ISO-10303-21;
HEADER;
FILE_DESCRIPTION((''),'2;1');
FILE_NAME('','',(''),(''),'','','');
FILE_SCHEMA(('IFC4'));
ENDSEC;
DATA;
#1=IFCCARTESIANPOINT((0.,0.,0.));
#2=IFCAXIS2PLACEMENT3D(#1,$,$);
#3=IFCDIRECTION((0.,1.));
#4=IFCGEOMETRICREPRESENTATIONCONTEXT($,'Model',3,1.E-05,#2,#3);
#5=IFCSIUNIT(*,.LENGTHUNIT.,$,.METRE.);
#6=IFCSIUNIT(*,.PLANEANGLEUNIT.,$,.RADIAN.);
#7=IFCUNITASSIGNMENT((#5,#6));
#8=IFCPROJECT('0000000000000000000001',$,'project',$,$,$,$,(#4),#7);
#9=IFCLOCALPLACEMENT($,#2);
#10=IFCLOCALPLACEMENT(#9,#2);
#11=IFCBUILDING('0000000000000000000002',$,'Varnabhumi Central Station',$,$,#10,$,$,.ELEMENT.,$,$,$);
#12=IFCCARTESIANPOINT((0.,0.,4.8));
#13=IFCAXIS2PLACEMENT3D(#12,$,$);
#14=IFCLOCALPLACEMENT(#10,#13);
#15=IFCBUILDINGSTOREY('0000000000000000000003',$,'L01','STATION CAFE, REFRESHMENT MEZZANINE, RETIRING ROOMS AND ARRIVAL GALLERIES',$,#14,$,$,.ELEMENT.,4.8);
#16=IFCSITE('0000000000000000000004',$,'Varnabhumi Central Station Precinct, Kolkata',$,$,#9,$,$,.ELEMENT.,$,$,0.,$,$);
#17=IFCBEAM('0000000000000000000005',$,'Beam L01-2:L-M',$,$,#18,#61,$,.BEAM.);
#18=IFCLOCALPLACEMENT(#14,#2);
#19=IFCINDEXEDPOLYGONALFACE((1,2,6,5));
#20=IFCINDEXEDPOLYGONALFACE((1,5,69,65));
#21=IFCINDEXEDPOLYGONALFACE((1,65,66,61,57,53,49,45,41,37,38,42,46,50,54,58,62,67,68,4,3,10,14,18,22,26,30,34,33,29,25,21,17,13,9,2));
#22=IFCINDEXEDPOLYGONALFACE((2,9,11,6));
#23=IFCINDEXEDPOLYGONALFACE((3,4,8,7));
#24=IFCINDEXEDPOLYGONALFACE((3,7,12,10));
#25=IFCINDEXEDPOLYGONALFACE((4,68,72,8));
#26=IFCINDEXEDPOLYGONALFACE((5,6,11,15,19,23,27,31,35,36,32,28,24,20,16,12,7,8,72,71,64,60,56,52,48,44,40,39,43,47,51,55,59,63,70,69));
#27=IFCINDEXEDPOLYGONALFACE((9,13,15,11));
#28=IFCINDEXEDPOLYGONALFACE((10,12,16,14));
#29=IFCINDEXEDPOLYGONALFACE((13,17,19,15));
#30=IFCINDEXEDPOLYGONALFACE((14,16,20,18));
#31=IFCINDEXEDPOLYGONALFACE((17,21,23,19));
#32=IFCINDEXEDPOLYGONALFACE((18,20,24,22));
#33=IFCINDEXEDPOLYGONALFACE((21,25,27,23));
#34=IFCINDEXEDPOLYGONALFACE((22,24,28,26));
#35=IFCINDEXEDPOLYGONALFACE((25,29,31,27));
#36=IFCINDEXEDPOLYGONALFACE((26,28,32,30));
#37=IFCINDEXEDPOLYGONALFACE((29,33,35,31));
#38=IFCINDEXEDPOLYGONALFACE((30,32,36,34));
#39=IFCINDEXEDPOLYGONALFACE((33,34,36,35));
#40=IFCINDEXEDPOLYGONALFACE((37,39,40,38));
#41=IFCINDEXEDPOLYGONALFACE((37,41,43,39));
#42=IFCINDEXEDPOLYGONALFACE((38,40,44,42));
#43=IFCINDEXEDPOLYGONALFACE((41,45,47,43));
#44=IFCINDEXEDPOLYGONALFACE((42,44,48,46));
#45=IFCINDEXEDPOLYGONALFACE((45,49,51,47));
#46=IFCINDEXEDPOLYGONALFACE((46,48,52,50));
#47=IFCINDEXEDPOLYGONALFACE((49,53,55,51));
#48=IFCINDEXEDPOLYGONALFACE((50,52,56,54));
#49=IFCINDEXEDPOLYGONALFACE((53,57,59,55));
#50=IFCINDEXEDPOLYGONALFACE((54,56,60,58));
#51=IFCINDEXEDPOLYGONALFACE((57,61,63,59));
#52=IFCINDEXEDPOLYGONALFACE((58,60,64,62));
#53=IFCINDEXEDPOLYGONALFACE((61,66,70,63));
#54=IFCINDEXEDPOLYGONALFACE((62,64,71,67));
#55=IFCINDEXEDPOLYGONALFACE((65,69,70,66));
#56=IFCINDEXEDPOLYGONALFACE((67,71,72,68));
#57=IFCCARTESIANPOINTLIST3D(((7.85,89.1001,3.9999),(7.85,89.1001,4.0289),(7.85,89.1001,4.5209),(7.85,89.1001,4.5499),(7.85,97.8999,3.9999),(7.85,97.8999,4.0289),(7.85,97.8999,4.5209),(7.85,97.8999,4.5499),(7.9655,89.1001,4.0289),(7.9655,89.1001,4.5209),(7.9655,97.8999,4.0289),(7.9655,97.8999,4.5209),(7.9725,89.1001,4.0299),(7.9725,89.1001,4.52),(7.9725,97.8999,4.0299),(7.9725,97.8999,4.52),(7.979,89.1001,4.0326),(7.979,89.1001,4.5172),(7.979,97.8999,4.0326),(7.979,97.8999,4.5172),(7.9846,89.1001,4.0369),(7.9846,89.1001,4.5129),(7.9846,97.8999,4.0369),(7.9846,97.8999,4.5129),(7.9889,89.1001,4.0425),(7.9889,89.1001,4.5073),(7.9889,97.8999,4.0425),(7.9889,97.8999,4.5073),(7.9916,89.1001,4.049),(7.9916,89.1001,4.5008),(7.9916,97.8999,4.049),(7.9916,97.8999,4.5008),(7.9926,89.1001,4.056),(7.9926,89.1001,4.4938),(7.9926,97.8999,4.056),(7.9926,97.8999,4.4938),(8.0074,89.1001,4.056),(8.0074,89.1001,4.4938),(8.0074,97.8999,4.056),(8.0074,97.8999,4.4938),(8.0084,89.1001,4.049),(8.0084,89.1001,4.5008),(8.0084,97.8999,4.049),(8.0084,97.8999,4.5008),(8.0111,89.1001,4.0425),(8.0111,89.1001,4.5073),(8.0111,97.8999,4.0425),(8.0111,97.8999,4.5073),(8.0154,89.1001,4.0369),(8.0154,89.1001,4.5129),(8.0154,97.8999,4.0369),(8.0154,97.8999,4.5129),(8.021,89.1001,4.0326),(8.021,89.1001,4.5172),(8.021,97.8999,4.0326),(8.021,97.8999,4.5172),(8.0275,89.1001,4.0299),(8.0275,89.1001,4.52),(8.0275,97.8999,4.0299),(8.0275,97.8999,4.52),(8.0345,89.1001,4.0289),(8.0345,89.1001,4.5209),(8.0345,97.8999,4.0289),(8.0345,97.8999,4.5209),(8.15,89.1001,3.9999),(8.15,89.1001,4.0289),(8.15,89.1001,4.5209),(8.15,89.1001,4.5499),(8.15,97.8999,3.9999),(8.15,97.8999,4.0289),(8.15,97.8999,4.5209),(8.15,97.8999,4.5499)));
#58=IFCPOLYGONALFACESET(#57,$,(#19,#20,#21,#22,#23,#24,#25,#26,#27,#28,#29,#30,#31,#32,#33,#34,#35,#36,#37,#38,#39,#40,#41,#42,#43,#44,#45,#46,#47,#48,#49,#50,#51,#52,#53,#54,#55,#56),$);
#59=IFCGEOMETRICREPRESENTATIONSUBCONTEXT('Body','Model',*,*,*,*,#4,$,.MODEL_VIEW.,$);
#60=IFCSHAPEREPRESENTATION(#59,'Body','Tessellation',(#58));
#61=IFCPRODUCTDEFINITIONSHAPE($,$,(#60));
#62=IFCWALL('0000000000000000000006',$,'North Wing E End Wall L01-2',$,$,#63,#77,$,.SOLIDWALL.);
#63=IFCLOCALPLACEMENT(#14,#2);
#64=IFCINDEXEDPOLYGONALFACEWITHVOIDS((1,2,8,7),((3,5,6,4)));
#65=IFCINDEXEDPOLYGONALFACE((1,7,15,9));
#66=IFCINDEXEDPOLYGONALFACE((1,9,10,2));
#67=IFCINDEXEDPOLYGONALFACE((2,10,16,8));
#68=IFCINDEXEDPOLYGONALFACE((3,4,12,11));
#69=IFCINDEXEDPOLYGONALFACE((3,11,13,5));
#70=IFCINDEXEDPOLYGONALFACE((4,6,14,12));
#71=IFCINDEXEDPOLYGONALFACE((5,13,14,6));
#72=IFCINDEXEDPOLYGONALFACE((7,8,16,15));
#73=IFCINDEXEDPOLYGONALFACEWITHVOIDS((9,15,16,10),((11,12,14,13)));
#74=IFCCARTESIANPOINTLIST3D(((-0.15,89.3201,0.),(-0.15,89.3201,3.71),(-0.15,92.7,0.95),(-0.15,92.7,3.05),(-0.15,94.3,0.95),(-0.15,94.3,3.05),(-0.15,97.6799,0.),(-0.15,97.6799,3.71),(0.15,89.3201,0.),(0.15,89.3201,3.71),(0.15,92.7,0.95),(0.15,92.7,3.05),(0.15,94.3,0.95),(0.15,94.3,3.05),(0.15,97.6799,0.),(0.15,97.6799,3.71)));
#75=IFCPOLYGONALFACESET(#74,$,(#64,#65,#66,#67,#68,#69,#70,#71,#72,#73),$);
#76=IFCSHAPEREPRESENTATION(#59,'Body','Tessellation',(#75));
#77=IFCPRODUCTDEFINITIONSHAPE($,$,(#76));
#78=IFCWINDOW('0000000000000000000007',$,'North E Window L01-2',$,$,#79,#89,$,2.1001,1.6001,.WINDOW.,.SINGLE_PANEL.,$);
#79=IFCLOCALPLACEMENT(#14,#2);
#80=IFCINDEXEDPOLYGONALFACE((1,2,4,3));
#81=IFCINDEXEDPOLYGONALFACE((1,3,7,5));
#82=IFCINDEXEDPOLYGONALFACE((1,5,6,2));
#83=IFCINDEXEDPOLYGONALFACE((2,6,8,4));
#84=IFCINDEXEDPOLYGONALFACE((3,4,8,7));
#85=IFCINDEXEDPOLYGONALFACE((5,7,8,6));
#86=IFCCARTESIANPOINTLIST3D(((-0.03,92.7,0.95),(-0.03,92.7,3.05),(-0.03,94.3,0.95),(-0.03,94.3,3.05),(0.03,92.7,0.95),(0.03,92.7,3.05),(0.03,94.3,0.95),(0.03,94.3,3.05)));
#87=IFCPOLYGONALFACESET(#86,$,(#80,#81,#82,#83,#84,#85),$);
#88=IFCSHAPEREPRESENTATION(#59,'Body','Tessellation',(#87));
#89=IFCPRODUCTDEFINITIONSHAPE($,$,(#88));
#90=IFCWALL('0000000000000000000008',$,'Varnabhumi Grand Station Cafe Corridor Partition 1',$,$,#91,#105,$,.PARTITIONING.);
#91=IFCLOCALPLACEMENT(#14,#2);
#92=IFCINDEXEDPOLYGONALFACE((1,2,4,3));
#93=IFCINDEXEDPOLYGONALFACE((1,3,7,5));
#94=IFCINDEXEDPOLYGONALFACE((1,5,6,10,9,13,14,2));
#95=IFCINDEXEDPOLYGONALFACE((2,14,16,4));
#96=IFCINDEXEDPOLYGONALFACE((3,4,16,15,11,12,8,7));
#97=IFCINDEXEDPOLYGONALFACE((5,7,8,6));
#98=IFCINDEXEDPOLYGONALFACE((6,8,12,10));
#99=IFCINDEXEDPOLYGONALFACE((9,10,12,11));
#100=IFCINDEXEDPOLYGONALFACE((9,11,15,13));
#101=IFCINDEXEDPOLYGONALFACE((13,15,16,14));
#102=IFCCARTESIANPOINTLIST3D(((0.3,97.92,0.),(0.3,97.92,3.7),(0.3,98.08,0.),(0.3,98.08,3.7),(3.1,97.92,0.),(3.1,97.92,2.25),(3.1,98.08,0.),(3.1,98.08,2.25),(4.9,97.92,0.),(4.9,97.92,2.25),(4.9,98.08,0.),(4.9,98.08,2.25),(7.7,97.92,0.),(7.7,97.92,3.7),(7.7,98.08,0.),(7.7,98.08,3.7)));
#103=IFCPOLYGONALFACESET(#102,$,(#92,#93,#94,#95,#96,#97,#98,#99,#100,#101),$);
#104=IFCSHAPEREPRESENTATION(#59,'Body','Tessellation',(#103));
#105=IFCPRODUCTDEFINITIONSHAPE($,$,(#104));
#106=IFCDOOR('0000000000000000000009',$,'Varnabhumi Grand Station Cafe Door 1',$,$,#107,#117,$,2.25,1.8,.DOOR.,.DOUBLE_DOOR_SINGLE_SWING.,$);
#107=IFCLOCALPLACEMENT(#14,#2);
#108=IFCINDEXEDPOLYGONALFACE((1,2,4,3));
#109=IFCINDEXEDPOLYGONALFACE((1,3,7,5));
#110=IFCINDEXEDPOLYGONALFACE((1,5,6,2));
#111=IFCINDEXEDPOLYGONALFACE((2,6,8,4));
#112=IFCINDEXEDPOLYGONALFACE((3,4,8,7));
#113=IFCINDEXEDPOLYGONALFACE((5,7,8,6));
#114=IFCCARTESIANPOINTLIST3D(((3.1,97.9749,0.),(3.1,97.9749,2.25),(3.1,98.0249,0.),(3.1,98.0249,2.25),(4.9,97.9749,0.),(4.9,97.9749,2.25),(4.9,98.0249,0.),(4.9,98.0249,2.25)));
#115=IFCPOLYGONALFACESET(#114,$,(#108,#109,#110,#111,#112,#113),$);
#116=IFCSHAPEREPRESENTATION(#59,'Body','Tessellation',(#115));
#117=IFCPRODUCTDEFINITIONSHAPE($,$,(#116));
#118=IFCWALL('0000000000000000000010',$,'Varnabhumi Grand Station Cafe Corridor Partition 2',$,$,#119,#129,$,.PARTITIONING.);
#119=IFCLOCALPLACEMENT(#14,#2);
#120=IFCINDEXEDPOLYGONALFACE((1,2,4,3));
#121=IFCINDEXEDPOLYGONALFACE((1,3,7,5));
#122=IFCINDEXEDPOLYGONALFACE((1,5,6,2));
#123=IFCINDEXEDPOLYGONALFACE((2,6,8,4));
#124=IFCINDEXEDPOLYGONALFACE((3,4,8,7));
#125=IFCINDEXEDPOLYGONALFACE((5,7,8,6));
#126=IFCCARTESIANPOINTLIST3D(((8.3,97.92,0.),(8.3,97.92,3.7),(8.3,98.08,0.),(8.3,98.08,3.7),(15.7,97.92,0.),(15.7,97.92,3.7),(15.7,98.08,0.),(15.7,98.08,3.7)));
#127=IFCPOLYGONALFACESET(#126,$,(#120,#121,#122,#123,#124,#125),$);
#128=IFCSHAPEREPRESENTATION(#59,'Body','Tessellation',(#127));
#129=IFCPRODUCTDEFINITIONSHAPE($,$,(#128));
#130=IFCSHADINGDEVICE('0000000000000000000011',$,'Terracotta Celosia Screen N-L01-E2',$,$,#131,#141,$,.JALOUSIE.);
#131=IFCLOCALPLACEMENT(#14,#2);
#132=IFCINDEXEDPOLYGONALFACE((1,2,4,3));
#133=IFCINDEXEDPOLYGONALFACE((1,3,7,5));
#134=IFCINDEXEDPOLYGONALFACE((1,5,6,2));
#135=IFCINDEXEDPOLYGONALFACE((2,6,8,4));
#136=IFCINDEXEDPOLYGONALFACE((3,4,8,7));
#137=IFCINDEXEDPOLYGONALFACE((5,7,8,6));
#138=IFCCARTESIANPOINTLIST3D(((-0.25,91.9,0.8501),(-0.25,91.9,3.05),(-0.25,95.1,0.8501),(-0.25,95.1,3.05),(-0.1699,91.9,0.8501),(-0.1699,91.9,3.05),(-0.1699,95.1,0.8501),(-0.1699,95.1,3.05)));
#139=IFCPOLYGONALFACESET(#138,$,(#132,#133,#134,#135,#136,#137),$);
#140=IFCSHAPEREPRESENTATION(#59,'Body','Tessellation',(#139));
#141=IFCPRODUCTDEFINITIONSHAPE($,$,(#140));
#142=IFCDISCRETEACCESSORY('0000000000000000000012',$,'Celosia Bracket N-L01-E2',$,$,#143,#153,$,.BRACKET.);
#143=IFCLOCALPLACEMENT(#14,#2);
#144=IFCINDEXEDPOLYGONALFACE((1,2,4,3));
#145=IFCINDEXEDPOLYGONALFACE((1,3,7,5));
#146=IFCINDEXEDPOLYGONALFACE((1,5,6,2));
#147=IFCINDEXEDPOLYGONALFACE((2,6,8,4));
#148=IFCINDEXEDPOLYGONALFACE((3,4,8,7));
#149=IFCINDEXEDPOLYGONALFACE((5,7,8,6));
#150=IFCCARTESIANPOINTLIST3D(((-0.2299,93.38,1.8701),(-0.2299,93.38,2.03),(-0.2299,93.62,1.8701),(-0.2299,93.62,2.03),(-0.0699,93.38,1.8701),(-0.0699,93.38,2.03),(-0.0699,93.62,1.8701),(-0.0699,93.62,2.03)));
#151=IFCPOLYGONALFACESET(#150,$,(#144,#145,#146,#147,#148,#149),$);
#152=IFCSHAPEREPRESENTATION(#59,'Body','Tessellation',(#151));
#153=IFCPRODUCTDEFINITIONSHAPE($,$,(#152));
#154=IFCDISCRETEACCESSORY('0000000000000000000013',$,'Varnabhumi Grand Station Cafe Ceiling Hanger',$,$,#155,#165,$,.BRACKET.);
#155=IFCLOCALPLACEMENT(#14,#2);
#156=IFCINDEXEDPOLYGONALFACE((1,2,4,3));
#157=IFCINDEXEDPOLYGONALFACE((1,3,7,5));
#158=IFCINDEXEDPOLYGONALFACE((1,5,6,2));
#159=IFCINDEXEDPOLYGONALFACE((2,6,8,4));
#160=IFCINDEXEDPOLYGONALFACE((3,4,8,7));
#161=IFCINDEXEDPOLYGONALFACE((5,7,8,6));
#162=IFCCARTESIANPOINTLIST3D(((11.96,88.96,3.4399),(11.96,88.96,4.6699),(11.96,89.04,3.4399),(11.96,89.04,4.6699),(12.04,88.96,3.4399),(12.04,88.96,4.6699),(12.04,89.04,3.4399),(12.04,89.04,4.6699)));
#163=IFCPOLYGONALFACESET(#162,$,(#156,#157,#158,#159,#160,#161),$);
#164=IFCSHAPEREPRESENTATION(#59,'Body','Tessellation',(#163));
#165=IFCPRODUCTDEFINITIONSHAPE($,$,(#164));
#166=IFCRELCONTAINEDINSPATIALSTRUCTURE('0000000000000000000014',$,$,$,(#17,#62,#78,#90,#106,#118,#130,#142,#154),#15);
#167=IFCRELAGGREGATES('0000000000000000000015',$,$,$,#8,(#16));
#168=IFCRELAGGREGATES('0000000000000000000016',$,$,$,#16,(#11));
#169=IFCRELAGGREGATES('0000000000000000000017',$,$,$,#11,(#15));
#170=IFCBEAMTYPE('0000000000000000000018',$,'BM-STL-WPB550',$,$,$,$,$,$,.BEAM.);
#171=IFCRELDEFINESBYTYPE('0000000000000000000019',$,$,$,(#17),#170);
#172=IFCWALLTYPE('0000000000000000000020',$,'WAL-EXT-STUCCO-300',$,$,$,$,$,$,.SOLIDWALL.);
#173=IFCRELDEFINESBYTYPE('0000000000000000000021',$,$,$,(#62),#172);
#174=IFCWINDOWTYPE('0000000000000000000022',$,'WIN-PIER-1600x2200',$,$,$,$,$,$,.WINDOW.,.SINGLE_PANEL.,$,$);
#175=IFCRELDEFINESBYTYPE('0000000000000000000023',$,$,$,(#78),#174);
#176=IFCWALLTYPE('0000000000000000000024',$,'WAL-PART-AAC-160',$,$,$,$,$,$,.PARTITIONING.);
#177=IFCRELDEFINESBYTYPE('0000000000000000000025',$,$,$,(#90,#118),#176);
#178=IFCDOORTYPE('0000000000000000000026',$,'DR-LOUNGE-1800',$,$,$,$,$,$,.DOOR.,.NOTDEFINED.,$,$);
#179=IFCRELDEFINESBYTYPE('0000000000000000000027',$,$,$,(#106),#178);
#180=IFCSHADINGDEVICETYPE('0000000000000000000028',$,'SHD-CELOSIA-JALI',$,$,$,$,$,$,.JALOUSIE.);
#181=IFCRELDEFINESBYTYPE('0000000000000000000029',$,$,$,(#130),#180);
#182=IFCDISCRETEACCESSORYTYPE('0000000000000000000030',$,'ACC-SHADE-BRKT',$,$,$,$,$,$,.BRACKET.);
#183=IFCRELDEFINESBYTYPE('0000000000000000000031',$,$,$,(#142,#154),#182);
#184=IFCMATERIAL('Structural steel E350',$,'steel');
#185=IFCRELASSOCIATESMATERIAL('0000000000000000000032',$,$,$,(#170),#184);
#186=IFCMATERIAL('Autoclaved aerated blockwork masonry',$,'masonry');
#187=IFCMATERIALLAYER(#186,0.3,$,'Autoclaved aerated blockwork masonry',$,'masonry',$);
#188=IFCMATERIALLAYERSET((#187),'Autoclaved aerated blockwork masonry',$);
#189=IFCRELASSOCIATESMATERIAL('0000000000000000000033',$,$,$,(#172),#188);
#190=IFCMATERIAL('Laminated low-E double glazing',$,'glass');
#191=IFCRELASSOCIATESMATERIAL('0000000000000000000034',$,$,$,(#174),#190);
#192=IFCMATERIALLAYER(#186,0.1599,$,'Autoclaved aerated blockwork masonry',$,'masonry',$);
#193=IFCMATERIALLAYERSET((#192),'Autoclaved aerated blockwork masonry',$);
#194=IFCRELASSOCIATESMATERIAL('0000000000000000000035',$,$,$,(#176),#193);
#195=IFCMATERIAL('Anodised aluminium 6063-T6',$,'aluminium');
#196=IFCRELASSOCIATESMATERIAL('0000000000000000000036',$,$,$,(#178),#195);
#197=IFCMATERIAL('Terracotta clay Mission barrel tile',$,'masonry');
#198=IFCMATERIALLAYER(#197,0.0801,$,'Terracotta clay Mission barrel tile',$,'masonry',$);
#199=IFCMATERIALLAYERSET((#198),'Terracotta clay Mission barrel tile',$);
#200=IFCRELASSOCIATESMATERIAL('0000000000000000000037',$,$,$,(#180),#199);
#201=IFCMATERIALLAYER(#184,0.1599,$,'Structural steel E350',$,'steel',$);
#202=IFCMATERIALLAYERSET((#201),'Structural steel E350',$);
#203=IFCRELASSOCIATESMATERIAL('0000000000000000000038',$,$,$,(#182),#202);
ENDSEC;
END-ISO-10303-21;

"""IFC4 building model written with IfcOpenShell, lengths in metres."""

from ifc_helpers import new_model, si_unit, direction, frame, frame_2d, origin, origin_2d, place, context, subcontext, project, spatial, rectangle, i_section, extrude, material, layer, layer_set, material_profile, profile_set, type_object, element, fill, save


model = new_model("IFC4")

# Units and contexts
model_context = context("Model", 3, precision=1e-05, world=origin(), true_north=direction((0.0, 1.0)))
body_context = subcontext(model_context, "Body", "Model", "MODEL_VIEW")
ifc_project = project(units=[si_unit("LENGTHUNIT", "METRE"), si_unit("PLANEANGLEUNIT", "RADIAN")], contexts=[model_context])

# Site, building, storey
site_placement = place(None, origin())
site = spatial("IfcSite", under=ifc_project, at=site_placement, Name="Varnabhumi Central Station Precinct, Kolkata", CompositionType="ELEMENT", RefElevation=0.0)
building_placement = place(site_placement, origin())
building = spatial("IfcBuilding", under=site, at=building_placement, Name="Varnabhumi Central Station", CompositionType="ELEMENT")
storey_placement = place(building_placement, frame((0.0, 0.0, 4.8)))
storey = spatial("IfcBuildingStorey", under=building, at=storey_placement, Name="L01", Description="STATION CAFE, REFRESHMENT MEZZANINE, RETIRING ROOMS AND ARRIVAL GALLERIES", CompositionType="ELEMENT", Elevation=4.8)

# Beam
ifc_material_1 = material(Name="Structural steel E350", Category="steel")
ifc_material_profile_1 = material_profile(ifc_material_1, i_section(OverallWidth=0.3, OverallDepth=0.55, WebThickness=0.0149, FlangeThickness=0.0291, FilletRadius=0.0271, at=origin_2d()), Name="Structural steel E350", Category="steel")
ifc_profile_set_1 = profile_set([ifc_material_profile_1], Name="Structural steel E350")
beam_type_1 = type_object("IfcBeamType", Name="BM-STL-WPB550", PredefinedType="BEAM", material=ifc_profile_set_1)
beam_1_placement = place(storey_placement, frame((8.0, 89.1001, 4.2749), z_axis=(0.0, 1.0, 0.0), x_axis=(-1.0, 0.0, 0.0)))
element("IfcBeam", 1, at=beam_1_placement, inside=storey, type_object=beam_type_1, Name="Beam L01-2:L-M", PredefinedType="BEAM", context=body_context, shape_type="SweptSolid", body=[
    extrude(i_section(OverallWidth=0.3, OverallDepth=0.55, WebThickness=0.0149, FlangeThickness=0.0291, FilletRadius=0.0271, at=origin_2d()), origin(), (0.0, 0.0, 1.0), 8.7998),
])

# Wall, opening, window
ifc_material_2 = material(Name="Autoclaved aerated blockwork masonry", Category="masonry")
ifc_layer_1 = layer(ifc_material_2, 0.3, Name="Autoclaved aerated blockwork masonry", Category="masonry")
ifc_layer_set_1 = layer_set([ifc_layer_1], Name="Autoclaved aerated blockwork masonry")
wall_type_1 = type_object("IfcWallType", Name="WAL-EXT-STUCCO-300", PredefinedType="SOLIDWALL", material=ifc_layer_set_1)
wall_1_placement = place(storey_placement, frame((0.0, 89.3201, 0.0), z_axis=(0.0, 0.0, 1.0), x_axis=(0.0, 1.0, 0.0)))
wall_1 = element("IfcWall", 2, at=wall_1_placement, inside=storey, type_object=wall_type_1, Name="North Wing E End Wall L01-2", PredefinedType="SOLIDWALL", context=body_context, shape_type="SweptSolid", body=[
    extrude(rectangle(XDim=8.3599, YDim=0.3, at=frame_2d((4.1799, 0.0))), origin(), (0.0, 0.0, 1.0), 3.71),
])
opening_1_placement = place(wall_1_placement, frame((3.3799, 0.0, 0.95)))
opening_1 = element("IfcOpeningElement", 3, at=opening_1_placement, cuts=wall_1, PredefinedType="OPENING", context=body_context, shape_type="SweptSolid", body=[
    extrude(rectangle(XDim=1.6001, YDim=2.1001, at=frame_2d((0.8, 1.05))), frame((0.0, 0.1599, 0.0), z_axis=(0.0, -1.0, 0.0), x_axis=(1.0, 0.0, 0.0)), (0.0, 0.0, 1.0), 0.3201),
])
ifc_material_3 = material(Name="Laminated low-E double glazing", Category="glass")
window_type = type_object("IfcWindowType", Name="WIN-PIER-1600x2200", PartitioningType="SINGLE_PANEL", PredefinedType="WINDOW", material=ifc_material_3)
window_placement = place(opening_1_placement, origin())
window = element("IfcWindow", 4, at=window_placement, inside=storey, type_object=window_type, Name="North E Window L01-2", OverallHeight=2.1001, OverallWidth=1.6001, PartitioningType="SINGLE_PANEL", PredefinedType="WINDOW", context=body_context, shape_type="SweptSolid", body=[
    extrude(rectangle(XDim=1.6001, YDim=2.1001, at=frame_2d((0.8, 1.05))), frame((0.0, 0.03, 0.0), z_axis=(0.0, -1.0, 0.0), x_axis=(1.0, 0.0, 0.0)), (0.0, 0.0, 1.0), 0.0601),
])
fill(opening_1, window)

# Wall, opening, door
ifc_layer_2 = layer(ifc_material_2, 0.1599, Name="Autoclaved aerated blockwork masonry", Category="masonry")
ifc_layer_set_2 = layer_set([ifc_layer_2], Name="Autoclaved aerated blockwork masonry")
wall_type_2 = type_object("IfcWallType", Name="WAL-PART-AAC-160", PredefinedType="PARTITIONING", material=ifc_layer_set_2)
wall_2_placement = place(storey_placement, frame((0.3, 98.0, 0.0), z_axis=(0.0, 0.0, 1.0), x_axis=(1.0, 0.0, 0.0)))
wall_2 = element("IfcWall", 5, at=wall_2_placement, inside=storey, type_object=wall_type_2, Name="Varnabhumi Grand Station Cafe Corridor Partition 1", PredefinedType="PARTITIONING", context=body_context, shape_type="SweptSolid", body=[
    extrude(rectangle(XDim=7.3999, YDim=0.1599, at=frame_2d((3.7, 0.0))), origin(), (0.0, 0.0, 1.0), 3.7),
])
opening_2_placement = place(wall_2_placement, frame((2.8, 0.0, 0.0)))
opening_2 = element("IfcOpeningElement", 6, at=opening_2_placement, cuts=wall_2, PredefinedType="OPENING", context=body_context, shape_type="SweptSolid", body=[
    extrude(rectangle(XDim=1.8, YDim=2.25, at=frame_2d((0.8999, 1.125))), frame((0.0, 0.0898, 0.0), z_axis=(0.0, -1.0, 0.0), x_axis=(1.0, 0.0, 0.0)), (0.0, 0.0, 1.0), 0.1799),
])
ifc_material_4 = material(Name="Anodised aluminium 6063-T6", Category="aluminium")
door_type = type_object("IfcDoorType", Name="DR-LOUNGE-1800", OperationType="NOTDEFINED", PredefinedType="DOOR", material=ifc_material_4)
door_placement = place(opening_2_placement, origin())
door = element("IfcDoor", 7, at=door_placement, inside=storey, type_object=door_type, Name="Varnabhumi Grand Station Cafe Door 1", OperationType="DOUBLE_DOOR_SINGLE_SWING", OverallHeight=2.25, OverallWidth=1.8, PredefinedType="DOOR", context=body_context, shape_type="SweptSolid", body=[
    extrude(rectangle(XDim=1.8, YDim=2.25, at=frame_2d((0.8999, 1.125))), frame((0.0, 0.0249, 0.0), z_axis=(0.0, -1.0, 0.0), x_axis=(1.0, 0.0, 0.0)), (0.0, 0.0, 1.0), 0.05),
])
fill(opening_2, door)

# Wall
wall_3_placement = place(storey_placement, frame((8.3, 98.0, 0.0), z_axis=(0.0, 0.0, 1.0), x_axis=(1.0, 0.0, 0.0)))
element("IfcWall", 8, at=wall_3_placement, inside=storey, type_object=wall_type_2, Name="Varnabhumi Grand Station Cafe Corridor Partition 2", PredefinedType="PARTITIONING", context=body_context, shape_type="SweptSolid", body=[
    extrude(rectangle(XDim=7.3999, YDim=0.1599, at=frame_2d((3.7, 0.0))), origin(), (0.0, 0.0, 1.0), 3.7),
])

# Shading device
ifc_material_5 = material(Name="Terracotta clay Mission barrel tile", Category="masonry")
ifc_layer_3 = layer(ifc_material_5, 0.0801, Name="Terracotta clay Mission barrel tile", Category="masonry")
ifc_layer_set_3 = layer_set([ifc_layer_3], Name="Terracotta clay Mission barrel tile")
shading_device_type = type_object("IfcShadingDeviceType", Name="SHD-CELOSIA-JALI", PredefinedType="JALOUSIE", material=ifc_layer_set_3)
shading_device_placement = place(storey_placement, frame((-0.21, 93.5, 0.8501), z_axis=(0.0, 0.0, 1.0), x_axis=(1.0, 0.0, 0.0)))
element("IfcShadingDevice", 9, at=shading_device_placement, inside=storey, type_object=shading_device_type, Name="Terracotta Celosia Screen N-L01-E2", PredefinedType="JALOUSIE", context=body_context, shape_type="SweptSolid", body=[
    extrude(rectangle(XDim=0.0801, YDim=3.2, at=origin_2d()), origin(), (0.0, 0.0, 1.0), 2.2),
])

# Discrete accessories
ifc_layer_4 = layer(ifc_material_1, 0.1599, Name="Structural steel E350", Category="steel")
ifc_layer_set_4 = layer_set([ifc_layer_4], Name="Structural steel E350")
discrete_accessory_type = type_object("IfcDiscreteAccessoryType", Name="ACC-SHADE-BRKT", PredefinedType="BRACKET", material=ifc_layer_set_4)
discrete_accessory_1_placement = place(storey_placement, frame((-0.1499, 93.5, 1.8701), z_axis=(0.0, 0.0, 1.0), x_axis=(1.0, 0.0, 0.0)))
element("IfcDiscreteAccessory", 10, at=discrete_accessory_1_placement, inside=storey, type_object=discrete_accessory_type, Name="Celosia Bracket N-L01-E2", PredefinedType="BRACKET", context=body_context, shape_type="SweptSolid", body=[
    extrude(rectangle(XDim=0.1599, YDim=0.24, at=origin_2d()), origin(), (0.0, 0.0, 1.0), 0.1599),
])
discrete_accessory_2_placement = place(storey_placement, frame((12.0, 89.0, 3.4399), z_axis=(0.0, 0.0, 1.0), x_axis=(1.0, 0.0, 0.0)))
element("IfcDiscreteAccessory", 11, at=discrete_accessory_2_placement, inside=storey, type_object=discrete_accessory_type, Name="Varnabhumi Grand Station Cafe Ceiling Hanger", PredefinedType="BRACKET", context=body_context, shape_type="SweptSolid", body=[
    extrude(rectangle(XDim=0.0801, YDim=0.0801, at=origin_2d()), origin(), (0.0, 0.0, 1.0), 1.23),
])

save(model, "model.ifc")
